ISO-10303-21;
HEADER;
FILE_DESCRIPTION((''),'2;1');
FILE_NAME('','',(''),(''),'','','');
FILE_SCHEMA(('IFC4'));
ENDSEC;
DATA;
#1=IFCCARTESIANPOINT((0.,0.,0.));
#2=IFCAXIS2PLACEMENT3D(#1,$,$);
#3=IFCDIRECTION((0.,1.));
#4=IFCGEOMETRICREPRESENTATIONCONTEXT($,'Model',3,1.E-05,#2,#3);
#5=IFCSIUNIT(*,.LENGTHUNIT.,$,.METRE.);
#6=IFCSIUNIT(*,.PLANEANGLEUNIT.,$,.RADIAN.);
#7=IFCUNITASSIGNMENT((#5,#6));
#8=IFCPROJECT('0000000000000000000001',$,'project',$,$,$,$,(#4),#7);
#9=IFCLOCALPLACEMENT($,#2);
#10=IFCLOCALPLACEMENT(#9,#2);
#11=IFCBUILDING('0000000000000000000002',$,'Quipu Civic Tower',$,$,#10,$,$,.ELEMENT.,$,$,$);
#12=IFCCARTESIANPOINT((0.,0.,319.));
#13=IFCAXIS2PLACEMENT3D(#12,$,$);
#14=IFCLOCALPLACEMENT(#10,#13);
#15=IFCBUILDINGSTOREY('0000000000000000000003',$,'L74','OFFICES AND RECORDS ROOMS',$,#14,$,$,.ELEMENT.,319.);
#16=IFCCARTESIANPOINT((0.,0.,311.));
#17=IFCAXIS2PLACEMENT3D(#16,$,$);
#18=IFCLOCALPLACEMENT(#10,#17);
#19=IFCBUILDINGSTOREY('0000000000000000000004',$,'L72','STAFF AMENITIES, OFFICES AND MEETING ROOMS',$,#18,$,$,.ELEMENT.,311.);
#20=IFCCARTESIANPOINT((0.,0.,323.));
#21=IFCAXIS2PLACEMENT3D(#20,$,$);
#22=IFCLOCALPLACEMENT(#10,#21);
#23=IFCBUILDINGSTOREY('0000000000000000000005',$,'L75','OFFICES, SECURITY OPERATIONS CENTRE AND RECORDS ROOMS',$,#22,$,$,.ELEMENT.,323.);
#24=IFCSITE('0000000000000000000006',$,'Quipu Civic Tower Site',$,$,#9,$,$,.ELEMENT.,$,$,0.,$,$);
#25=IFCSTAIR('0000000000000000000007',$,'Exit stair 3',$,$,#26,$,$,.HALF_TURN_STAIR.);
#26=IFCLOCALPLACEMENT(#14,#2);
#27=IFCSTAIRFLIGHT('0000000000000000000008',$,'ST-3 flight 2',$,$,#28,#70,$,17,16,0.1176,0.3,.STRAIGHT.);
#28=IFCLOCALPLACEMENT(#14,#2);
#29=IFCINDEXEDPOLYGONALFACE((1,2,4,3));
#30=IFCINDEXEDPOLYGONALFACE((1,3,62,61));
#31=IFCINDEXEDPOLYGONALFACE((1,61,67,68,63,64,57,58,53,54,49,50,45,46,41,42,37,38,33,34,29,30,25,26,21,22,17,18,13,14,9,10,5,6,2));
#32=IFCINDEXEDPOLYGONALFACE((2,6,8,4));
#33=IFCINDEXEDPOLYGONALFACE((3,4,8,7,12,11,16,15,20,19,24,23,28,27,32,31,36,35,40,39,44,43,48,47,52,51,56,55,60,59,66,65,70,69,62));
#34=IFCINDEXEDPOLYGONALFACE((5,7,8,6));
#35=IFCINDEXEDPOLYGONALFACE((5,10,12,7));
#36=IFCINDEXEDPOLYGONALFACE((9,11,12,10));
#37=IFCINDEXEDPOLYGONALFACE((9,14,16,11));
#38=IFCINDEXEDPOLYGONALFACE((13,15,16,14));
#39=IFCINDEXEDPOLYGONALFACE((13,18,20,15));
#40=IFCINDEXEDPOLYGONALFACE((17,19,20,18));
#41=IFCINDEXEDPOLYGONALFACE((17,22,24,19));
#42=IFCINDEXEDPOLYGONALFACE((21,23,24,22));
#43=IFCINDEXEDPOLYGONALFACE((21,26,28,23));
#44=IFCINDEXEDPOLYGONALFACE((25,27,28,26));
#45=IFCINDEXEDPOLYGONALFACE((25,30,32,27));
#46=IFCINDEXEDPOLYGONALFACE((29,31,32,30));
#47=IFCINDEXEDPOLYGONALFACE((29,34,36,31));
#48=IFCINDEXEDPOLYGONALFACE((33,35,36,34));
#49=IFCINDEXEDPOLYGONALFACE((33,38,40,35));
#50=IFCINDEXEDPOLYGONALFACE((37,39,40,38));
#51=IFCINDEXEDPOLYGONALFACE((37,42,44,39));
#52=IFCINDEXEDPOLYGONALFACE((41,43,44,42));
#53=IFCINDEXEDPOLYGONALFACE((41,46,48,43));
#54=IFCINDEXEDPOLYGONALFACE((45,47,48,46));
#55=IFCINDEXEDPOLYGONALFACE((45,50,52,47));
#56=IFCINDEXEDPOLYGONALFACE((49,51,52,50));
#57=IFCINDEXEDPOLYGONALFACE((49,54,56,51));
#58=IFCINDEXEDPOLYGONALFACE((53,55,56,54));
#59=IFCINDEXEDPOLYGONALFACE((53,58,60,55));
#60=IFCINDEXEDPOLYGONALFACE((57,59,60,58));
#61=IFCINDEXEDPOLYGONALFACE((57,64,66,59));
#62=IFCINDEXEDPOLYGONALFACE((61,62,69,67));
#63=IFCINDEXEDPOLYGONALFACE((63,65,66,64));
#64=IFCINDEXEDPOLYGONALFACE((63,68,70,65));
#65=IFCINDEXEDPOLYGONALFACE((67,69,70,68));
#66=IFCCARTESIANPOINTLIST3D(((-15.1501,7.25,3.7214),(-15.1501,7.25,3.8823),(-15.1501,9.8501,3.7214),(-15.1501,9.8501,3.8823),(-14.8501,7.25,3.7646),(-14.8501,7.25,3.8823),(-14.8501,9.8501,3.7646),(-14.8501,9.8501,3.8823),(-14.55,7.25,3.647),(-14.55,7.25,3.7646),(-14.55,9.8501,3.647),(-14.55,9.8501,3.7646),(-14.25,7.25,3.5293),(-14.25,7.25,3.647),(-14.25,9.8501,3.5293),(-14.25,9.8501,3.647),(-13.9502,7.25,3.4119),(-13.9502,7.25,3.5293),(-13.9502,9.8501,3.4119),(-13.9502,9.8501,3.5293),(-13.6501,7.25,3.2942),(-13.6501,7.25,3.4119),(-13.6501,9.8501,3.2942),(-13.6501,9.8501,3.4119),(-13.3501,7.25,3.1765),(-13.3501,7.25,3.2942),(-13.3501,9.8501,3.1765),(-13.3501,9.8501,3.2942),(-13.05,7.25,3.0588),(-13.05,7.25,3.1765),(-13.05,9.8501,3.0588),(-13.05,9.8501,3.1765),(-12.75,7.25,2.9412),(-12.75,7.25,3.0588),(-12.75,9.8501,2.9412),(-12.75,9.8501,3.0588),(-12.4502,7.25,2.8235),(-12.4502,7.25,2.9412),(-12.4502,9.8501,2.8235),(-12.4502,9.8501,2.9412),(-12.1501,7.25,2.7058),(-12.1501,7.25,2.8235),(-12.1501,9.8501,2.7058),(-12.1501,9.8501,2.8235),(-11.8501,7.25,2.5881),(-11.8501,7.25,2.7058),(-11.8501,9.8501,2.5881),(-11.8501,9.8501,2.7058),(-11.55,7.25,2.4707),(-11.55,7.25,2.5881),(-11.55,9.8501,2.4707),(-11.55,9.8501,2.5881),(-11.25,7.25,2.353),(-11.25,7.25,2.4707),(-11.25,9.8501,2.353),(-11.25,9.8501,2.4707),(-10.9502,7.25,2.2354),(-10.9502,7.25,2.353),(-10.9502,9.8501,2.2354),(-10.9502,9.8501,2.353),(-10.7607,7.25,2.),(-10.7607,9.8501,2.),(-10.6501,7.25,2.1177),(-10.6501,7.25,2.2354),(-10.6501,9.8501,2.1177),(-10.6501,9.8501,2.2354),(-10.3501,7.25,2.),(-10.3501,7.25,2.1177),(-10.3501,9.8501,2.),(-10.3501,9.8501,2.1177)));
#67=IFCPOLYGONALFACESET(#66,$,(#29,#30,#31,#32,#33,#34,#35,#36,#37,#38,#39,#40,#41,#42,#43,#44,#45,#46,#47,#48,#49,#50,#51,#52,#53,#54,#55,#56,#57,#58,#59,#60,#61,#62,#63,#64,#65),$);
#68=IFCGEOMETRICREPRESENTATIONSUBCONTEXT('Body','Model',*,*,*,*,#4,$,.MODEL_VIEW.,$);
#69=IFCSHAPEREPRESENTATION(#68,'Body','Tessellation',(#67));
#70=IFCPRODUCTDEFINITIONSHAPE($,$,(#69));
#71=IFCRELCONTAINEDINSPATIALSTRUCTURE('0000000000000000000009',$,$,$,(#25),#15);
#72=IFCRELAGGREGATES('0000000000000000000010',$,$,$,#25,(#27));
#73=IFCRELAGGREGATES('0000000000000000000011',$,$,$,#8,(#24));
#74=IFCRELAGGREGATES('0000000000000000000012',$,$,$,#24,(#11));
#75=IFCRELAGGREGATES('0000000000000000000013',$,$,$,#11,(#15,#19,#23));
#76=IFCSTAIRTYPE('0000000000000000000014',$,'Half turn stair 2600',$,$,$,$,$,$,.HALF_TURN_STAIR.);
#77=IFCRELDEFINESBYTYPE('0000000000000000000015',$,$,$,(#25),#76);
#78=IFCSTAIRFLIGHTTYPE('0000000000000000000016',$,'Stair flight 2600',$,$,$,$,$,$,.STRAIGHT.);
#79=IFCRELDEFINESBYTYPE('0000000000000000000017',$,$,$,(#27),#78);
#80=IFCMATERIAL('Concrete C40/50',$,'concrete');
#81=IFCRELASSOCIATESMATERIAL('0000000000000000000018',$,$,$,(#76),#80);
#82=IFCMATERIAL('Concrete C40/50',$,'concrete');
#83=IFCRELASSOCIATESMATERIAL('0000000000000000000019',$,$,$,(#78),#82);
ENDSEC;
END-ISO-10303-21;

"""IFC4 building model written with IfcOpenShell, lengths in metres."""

from ifc_helpers import new_model, si_unit, direction, frame, origin, place, context, subcontext, project, spatial, polyline, outline, extrude, material, type_object, element, aggregate, save


model = new_model("IFC4")

# Units and contexts
model_context = context("Model", 3, precision=1e-05, world=origin(), true_north=direction((0.0, 1.0)))
body_context = subcontext(model_context, "Body", "Model", "MODEL_VIEW")
ifc_project = project(units=[si_unit("LENGTHUNIT", "METRE"), si_unit("PLANEANGLEUNIT", "RADIAN")], contexts=[model_context])

# Site, building, storey
site_placement = place(None, origin())
site = spatial("IfcSite", under=ifc_project, at=site_placement, Name="Quipu Civic Tower Site", CompositionType="ELEMENT", RefElevation=0.0)
building_placement = place(site_placement, origin())
building = spatial("IfcBuilding", under=site, at=building_placement, Name="Quipu Civic Tower", CompositionType="ELEMENT")
storey_1_placement = place(building_placement, frame((0.0, 0.0, 319.0)))
storey_1 = spatial("IfcBuildingStorey", under=building, at=storey_1_placement, Name="L74", Description="OFFICES AND RECORDS ROOMS", CompositionType="ELEMENT", Elevation=319.0)

# Shared definitions
storey_2_placement = place(building_placement, frame((0.0, 0.0, 311.0)))
storey_2 = spatial("IfcBuildingStorey", under=building, at=storey_2_placement, Name="L72", Description="STAFF AMENITIES, OFFICES AND MEETING ROOMS", CompositionType="ELEMENT", Elevation=311.0)

# Shared definitions
storey_3_placement = place(building_placement, frame((0.0, 0.0, 323.0)))
storey_3 = spatial("IfcBuildingStorey", under=building, at=storey_3_placement, Name="L75", Description="OFFICES, SECURITY OPERATIONS CENTRE AND RECORDS ROOMS", CompositionType="ELEMENT", Elevation=323.0)

# Stair, stair flight
ifc_material_1 = material(Name="Concrete C40/50", Category="concrete")
stair_type = type_object("IfcStairType", Name="Half turn stair 2600", PredefinedType="HALF_TURN_STAIR", material=ifc_material_1)
stair_placement = place(storey_1_placement, origin())
stair = element("IfcStair", 1, at=stair_placement, inside=storey_1, type_object=stair_type, Name="Exit stair 3", PredefinedType="HALF_TURN_STAIR")
ifc_material_2 = material(Name="Concrete C40/50", Category="concrete")
stair_flight_type = type_object("IfcStairFlightType", Name="Stair flight 2600", PredefinedType="STRAIGHT", material=ifc_material_2)
stair_flight_1_placement = place(storey_1_placement, frame((-10.3501, 8.55, 2.0), z_axis=(0.0, 0.0, 1.0), x_axis=(-1.0, 0.0, 0.0)))
stair_flight_1 = element("IfcStairFlight", 2, at=stair_flight_1_placement, type_object=stair_flight_type, Name="ST-3 flight 2", NumberOfRisers=17, NumberOfTreads=16, PredefinedType="STRAIGHT", RiserHeight=0.1176, TreadLength=0.3, context=body_context, shape_type="SweptSolid", body=[
    extrude(outline(polyline([(0.0, 0.0), (0.0, 0.1177), (0.3, 0.1177), (0.3, 0.2354), (0.6001, 0.2354), (0.6001, 0.353), (0.8999, 0.353), (0.8999, 0.4707), (1.2, 0.4707), (1.2, 0.5881), (1.5, 0.5881), (1.5, 0.7058), (1.8, 0.7058), (1.8, 0.8235), (2.1001, 0.8235), (2.1001, 0.9412), (2.3999, 0.9412), (2.3999, 1.0588), (2.7, 1.0588), (2.7, 1.1765), (3.0, 1.1765), (3.0, 1.2942), (3.3, 1.2942), (3.3, 1.4119), (3.6001, 1.4119), (3.6001, 1.5293), (3.8999, 1.5293), (3.8999, 1.647), (4.2, 1.647), (4.2, 1.7646), (4.5, 1.7646), (4.5, 1.8823), (4.8, 1.8823), (4.8, 2.0), (4.8, 1.7214), (0.4106, 0.0), (0.0, 0.0)])), frame((0.0, 1.3, 0.0), z_axis=(0.0, -1.0, 0.0), x_axis=(1.0, 0.0, 0.0)), (0.0, 0.0, 1.0), 2.6001),
])
aggregate(stair, [stair_flight_1])

save(model, "model.ifc")
